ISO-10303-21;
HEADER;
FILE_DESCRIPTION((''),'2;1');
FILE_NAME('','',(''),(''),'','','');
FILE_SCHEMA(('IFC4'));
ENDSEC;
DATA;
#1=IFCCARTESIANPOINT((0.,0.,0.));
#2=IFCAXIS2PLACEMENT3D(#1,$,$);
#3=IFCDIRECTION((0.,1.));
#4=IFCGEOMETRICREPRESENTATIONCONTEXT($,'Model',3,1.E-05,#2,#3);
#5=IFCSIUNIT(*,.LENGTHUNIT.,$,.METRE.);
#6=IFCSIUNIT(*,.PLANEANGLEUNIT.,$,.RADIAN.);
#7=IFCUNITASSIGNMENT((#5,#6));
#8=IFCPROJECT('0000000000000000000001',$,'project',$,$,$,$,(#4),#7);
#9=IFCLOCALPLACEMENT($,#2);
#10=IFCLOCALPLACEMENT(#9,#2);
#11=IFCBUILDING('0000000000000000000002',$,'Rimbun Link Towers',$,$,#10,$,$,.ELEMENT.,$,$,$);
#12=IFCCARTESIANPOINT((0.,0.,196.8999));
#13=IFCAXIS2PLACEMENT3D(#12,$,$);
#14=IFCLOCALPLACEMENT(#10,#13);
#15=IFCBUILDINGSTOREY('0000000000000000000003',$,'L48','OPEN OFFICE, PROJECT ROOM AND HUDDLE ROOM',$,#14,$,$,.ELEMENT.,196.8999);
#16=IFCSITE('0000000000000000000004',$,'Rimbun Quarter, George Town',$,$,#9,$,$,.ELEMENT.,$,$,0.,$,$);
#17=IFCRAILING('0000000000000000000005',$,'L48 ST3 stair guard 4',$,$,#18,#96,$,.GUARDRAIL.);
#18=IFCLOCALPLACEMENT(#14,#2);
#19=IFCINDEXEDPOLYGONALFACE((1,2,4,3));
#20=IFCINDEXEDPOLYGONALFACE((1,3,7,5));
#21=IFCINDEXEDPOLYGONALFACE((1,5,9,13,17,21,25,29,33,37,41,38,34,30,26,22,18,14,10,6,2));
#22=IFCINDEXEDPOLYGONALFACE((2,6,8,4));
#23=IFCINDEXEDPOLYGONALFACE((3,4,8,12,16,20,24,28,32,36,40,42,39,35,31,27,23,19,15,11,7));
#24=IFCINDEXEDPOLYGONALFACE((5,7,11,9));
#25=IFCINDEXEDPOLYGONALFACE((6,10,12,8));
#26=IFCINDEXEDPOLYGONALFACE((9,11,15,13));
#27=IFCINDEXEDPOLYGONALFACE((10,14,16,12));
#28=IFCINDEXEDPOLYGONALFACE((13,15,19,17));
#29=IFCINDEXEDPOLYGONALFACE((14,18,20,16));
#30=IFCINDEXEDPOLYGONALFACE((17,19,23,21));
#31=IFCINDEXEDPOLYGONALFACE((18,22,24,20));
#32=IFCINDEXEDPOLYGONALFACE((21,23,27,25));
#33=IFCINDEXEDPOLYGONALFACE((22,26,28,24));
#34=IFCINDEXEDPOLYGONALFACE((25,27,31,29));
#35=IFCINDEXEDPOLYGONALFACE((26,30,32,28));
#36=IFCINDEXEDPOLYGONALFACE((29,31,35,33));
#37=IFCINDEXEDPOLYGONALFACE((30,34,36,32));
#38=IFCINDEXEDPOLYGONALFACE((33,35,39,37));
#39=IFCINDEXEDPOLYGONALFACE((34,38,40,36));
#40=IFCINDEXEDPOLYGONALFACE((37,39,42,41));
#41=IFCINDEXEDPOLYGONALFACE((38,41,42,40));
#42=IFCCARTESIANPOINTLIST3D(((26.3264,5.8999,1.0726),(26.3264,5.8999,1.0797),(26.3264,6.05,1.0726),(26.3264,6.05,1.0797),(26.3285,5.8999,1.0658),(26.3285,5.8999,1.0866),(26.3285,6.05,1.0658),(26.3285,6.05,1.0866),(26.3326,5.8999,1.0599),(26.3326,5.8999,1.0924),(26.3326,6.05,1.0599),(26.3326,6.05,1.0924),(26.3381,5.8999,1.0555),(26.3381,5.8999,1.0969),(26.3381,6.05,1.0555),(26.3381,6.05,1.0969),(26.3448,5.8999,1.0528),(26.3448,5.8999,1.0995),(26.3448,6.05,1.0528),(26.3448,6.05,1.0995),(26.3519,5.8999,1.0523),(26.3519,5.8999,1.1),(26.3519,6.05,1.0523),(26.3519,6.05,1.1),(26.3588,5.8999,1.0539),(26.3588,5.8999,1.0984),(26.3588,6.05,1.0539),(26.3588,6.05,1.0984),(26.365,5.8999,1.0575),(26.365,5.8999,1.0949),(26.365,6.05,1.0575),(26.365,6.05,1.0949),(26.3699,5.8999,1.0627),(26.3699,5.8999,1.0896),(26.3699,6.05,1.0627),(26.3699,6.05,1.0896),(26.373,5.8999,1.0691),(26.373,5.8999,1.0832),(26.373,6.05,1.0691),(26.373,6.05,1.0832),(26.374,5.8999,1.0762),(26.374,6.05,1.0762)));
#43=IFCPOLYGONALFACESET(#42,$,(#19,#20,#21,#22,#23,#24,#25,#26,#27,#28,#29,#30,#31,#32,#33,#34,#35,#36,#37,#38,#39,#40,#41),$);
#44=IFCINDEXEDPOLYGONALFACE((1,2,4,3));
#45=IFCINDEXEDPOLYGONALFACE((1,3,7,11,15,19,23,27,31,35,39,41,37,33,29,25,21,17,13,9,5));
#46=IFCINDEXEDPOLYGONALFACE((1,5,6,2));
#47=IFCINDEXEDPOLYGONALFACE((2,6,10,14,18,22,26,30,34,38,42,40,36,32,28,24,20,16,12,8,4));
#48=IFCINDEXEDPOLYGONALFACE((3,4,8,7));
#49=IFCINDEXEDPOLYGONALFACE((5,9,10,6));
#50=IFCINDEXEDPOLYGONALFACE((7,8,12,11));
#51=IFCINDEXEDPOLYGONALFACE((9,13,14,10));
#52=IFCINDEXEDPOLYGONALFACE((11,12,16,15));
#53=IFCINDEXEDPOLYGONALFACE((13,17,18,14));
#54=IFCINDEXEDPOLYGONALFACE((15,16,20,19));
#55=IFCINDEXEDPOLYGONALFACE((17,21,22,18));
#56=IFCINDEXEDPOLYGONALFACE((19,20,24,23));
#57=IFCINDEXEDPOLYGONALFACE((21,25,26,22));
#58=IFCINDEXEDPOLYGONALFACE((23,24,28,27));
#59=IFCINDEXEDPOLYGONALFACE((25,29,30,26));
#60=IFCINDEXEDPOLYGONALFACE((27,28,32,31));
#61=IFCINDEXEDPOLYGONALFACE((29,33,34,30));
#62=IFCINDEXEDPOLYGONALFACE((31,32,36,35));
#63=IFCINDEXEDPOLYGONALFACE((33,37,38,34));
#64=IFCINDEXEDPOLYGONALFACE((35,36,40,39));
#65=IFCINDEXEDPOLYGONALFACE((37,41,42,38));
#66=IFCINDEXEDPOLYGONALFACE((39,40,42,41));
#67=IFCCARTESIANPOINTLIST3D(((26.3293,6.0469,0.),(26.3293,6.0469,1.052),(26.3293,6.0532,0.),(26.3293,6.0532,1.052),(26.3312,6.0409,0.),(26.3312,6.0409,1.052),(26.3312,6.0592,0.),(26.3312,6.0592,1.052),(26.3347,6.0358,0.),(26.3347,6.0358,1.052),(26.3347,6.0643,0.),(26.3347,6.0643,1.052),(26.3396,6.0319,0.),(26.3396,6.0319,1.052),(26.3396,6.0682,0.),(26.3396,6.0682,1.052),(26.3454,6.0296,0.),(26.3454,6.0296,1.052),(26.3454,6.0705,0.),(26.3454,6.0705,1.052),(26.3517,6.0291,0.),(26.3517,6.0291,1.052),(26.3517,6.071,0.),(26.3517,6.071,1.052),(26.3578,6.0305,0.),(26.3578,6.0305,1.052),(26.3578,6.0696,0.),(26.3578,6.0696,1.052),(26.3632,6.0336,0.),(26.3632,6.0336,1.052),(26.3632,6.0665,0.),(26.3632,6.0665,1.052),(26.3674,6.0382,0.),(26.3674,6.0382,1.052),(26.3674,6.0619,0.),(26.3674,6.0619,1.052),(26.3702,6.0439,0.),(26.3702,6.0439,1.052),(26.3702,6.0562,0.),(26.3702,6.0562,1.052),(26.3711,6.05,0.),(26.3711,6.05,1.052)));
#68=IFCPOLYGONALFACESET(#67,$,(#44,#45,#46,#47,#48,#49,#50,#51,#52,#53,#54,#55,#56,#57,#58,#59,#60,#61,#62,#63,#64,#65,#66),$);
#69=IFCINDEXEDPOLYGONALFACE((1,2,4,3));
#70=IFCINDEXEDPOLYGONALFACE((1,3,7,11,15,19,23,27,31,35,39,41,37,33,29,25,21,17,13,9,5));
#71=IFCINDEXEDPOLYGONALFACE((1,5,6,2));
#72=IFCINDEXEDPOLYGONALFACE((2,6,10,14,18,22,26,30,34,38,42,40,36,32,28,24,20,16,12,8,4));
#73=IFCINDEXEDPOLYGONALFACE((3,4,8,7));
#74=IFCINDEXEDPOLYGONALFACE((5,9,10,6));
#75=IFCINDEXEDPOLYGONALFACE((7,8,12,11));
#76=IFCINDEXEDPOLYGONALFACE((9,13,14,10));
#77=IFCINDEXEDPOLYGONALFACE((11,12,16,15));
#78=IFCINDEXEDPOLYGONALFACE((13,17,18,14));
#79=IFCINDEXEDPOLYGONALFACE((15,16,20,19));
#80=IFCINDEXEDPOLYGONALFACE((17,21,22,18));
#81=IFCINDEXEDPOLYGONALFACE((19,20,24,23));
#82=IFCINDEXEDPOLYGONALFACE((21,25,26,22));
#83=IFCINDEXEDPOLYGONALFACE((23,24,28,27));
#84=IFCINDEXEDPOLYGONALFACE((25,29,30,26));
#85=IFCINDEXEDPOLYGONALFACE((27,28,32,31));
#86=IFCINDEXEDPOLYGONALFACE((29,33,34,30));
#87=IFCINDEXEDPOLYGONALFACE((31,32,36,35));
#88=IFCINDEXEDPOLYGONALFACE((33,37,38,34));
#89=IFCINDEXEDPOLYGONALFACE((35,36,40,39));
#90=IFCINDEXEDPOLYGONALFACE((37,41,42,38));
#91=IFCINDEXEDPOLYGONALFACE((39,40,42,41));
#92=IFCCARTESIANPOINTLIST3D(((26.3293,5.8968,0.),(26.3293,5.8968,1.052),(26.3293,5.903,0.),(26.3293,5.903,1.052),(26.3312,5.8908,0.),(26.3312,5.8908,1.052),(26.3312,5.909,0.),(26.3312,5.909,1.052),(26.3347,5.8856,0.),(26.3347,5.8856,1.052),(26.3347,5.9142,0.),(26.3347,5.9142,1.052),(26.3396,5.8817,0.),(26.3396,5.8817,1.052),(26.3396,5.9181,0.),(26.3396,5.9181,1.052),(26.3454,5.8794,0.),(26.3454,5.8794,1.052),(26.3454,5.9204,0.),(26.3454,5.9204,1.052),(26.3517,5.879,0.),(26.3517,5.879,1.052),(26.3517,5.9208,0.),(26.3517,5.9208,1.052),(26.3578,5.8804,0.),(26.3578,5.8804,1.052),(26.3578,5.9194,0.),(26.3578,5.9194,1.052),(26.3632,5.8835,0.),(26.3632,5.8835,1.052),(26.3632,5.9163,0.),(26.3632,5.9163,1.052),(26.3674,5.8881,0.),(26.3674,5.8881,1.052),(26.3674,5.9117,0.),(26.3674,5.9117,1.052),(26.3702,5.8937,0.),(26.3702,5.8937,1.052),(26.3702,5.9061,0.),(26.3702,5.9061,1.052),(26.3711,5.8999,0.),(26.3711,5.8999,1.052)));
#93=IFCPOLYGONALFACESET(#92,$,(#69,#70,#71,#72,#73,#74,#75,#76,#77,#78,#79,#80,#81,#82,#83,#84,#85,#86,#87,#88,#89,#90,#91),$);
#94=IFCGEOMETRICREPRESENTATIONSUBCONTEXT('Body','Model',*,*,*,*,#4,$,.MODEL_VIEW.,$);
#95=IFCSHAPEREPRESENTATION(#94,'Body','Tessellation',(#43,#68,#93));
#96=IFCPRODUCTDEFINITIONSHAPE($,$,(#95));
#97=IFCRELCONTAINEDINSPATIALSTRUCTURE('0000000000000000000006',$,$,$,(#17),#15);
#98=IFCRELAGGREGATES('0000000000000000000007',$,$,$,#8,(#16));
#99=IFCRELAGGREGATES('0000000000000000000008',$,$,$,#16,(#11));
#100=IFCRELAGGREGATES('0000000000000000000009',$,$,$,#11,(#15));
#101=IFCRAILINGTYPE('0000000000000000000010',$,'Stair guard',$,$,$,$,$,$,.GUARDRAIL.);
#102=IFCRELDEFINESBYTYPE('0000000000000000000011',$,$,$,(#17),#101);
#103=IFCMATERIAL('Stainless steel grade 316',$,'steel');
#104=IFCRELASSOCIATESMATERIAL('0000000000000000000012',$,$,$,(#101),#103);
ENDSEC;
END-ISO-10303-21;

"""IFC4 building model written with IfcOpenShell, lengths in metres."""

from ifc_helpers import new_model, si_unit, direction, frame, origin, origin_2d, place, context, subcontext, project, spatial, circle, extrude, material, type_object, element, save


model = new_model("IFC4")

# Units and contexts
model_context = context("Model", 3, precision=1e-05, world=origin(), true_north=direction((0.0, 1.0)))
body_context = subcontext(model_context, "Body", "Model", "MODEL_VIEW")
ifc_project = project(units=[si_unit("LENGTHUNIT", "METRE"), si_unit("PLANEANGLEUNIT", "RADIAN")], contexts=[model_context])

# Site, building, storey
site_placement = place(None, origin())
site = spatial("IfcSite", under=ifc_project, at=site_placement, Name="Rimbun Quarter, George Town", CompositionType="ELEMENT", RefElevation=0.0)
building_placement = place(site_placement, origin())
building = spatial("IfcBuilding", under=site, at=building_placement, Name="Rimbun Link Towers", CompositionType="ELEMENT")
storey_placement = place(building_placement, frame((0.0, 0.0, 196.8999)))
storey = spatial("IfcBuildingStorey", under=building, at=storey_placement, Name="L48", Description="OPEN OFFICE, PROJECT ROOM AND HUDDLE ROOM", CompositionType="ELEMENT", Elevation=196.8999)

# Railing
ifc_material_1 = material(Name="Stainless steel grade 316", Category="steel")
railing_type_1 = type_object("IfcRailingType", Name="Stair guard", PredefinedType="GUARDRAIL", material=ifc_material_1)
railing_1_placement = place(storey_placement, frame((26.3501, 6.05, 0.0)))
element("IfcRailing", 1, at=railing_1_placement, inside=storey, type_object=railing_type_1, Name="L48 ST3 stair guard 4", PredefinedType="GUARDRAIL", context=body_context, shape_type="SweptSolid", body=[
    extrude(circle(Radius=0.0239, at=origin_2d()), frame((0.0, 0.0, 1.0762), z_axis=(0.0, -1.0, 0.0), x_axis=(1.0, 0.0, 0.0)), (0.0, 0.0, 1.0), 0.1501),
    extrude(circle(Radius=0.021, at=origin_2d()), origin(), (0.0, 0.0, 1.0), 1.052),
    extrude(circle(Radius=0.021, at=origin_2d()), frame((0.0, -0.1501, 0.0)), (0.0, 0.0, 1.0), 1.052),
])

save(model, "model.ifc")
